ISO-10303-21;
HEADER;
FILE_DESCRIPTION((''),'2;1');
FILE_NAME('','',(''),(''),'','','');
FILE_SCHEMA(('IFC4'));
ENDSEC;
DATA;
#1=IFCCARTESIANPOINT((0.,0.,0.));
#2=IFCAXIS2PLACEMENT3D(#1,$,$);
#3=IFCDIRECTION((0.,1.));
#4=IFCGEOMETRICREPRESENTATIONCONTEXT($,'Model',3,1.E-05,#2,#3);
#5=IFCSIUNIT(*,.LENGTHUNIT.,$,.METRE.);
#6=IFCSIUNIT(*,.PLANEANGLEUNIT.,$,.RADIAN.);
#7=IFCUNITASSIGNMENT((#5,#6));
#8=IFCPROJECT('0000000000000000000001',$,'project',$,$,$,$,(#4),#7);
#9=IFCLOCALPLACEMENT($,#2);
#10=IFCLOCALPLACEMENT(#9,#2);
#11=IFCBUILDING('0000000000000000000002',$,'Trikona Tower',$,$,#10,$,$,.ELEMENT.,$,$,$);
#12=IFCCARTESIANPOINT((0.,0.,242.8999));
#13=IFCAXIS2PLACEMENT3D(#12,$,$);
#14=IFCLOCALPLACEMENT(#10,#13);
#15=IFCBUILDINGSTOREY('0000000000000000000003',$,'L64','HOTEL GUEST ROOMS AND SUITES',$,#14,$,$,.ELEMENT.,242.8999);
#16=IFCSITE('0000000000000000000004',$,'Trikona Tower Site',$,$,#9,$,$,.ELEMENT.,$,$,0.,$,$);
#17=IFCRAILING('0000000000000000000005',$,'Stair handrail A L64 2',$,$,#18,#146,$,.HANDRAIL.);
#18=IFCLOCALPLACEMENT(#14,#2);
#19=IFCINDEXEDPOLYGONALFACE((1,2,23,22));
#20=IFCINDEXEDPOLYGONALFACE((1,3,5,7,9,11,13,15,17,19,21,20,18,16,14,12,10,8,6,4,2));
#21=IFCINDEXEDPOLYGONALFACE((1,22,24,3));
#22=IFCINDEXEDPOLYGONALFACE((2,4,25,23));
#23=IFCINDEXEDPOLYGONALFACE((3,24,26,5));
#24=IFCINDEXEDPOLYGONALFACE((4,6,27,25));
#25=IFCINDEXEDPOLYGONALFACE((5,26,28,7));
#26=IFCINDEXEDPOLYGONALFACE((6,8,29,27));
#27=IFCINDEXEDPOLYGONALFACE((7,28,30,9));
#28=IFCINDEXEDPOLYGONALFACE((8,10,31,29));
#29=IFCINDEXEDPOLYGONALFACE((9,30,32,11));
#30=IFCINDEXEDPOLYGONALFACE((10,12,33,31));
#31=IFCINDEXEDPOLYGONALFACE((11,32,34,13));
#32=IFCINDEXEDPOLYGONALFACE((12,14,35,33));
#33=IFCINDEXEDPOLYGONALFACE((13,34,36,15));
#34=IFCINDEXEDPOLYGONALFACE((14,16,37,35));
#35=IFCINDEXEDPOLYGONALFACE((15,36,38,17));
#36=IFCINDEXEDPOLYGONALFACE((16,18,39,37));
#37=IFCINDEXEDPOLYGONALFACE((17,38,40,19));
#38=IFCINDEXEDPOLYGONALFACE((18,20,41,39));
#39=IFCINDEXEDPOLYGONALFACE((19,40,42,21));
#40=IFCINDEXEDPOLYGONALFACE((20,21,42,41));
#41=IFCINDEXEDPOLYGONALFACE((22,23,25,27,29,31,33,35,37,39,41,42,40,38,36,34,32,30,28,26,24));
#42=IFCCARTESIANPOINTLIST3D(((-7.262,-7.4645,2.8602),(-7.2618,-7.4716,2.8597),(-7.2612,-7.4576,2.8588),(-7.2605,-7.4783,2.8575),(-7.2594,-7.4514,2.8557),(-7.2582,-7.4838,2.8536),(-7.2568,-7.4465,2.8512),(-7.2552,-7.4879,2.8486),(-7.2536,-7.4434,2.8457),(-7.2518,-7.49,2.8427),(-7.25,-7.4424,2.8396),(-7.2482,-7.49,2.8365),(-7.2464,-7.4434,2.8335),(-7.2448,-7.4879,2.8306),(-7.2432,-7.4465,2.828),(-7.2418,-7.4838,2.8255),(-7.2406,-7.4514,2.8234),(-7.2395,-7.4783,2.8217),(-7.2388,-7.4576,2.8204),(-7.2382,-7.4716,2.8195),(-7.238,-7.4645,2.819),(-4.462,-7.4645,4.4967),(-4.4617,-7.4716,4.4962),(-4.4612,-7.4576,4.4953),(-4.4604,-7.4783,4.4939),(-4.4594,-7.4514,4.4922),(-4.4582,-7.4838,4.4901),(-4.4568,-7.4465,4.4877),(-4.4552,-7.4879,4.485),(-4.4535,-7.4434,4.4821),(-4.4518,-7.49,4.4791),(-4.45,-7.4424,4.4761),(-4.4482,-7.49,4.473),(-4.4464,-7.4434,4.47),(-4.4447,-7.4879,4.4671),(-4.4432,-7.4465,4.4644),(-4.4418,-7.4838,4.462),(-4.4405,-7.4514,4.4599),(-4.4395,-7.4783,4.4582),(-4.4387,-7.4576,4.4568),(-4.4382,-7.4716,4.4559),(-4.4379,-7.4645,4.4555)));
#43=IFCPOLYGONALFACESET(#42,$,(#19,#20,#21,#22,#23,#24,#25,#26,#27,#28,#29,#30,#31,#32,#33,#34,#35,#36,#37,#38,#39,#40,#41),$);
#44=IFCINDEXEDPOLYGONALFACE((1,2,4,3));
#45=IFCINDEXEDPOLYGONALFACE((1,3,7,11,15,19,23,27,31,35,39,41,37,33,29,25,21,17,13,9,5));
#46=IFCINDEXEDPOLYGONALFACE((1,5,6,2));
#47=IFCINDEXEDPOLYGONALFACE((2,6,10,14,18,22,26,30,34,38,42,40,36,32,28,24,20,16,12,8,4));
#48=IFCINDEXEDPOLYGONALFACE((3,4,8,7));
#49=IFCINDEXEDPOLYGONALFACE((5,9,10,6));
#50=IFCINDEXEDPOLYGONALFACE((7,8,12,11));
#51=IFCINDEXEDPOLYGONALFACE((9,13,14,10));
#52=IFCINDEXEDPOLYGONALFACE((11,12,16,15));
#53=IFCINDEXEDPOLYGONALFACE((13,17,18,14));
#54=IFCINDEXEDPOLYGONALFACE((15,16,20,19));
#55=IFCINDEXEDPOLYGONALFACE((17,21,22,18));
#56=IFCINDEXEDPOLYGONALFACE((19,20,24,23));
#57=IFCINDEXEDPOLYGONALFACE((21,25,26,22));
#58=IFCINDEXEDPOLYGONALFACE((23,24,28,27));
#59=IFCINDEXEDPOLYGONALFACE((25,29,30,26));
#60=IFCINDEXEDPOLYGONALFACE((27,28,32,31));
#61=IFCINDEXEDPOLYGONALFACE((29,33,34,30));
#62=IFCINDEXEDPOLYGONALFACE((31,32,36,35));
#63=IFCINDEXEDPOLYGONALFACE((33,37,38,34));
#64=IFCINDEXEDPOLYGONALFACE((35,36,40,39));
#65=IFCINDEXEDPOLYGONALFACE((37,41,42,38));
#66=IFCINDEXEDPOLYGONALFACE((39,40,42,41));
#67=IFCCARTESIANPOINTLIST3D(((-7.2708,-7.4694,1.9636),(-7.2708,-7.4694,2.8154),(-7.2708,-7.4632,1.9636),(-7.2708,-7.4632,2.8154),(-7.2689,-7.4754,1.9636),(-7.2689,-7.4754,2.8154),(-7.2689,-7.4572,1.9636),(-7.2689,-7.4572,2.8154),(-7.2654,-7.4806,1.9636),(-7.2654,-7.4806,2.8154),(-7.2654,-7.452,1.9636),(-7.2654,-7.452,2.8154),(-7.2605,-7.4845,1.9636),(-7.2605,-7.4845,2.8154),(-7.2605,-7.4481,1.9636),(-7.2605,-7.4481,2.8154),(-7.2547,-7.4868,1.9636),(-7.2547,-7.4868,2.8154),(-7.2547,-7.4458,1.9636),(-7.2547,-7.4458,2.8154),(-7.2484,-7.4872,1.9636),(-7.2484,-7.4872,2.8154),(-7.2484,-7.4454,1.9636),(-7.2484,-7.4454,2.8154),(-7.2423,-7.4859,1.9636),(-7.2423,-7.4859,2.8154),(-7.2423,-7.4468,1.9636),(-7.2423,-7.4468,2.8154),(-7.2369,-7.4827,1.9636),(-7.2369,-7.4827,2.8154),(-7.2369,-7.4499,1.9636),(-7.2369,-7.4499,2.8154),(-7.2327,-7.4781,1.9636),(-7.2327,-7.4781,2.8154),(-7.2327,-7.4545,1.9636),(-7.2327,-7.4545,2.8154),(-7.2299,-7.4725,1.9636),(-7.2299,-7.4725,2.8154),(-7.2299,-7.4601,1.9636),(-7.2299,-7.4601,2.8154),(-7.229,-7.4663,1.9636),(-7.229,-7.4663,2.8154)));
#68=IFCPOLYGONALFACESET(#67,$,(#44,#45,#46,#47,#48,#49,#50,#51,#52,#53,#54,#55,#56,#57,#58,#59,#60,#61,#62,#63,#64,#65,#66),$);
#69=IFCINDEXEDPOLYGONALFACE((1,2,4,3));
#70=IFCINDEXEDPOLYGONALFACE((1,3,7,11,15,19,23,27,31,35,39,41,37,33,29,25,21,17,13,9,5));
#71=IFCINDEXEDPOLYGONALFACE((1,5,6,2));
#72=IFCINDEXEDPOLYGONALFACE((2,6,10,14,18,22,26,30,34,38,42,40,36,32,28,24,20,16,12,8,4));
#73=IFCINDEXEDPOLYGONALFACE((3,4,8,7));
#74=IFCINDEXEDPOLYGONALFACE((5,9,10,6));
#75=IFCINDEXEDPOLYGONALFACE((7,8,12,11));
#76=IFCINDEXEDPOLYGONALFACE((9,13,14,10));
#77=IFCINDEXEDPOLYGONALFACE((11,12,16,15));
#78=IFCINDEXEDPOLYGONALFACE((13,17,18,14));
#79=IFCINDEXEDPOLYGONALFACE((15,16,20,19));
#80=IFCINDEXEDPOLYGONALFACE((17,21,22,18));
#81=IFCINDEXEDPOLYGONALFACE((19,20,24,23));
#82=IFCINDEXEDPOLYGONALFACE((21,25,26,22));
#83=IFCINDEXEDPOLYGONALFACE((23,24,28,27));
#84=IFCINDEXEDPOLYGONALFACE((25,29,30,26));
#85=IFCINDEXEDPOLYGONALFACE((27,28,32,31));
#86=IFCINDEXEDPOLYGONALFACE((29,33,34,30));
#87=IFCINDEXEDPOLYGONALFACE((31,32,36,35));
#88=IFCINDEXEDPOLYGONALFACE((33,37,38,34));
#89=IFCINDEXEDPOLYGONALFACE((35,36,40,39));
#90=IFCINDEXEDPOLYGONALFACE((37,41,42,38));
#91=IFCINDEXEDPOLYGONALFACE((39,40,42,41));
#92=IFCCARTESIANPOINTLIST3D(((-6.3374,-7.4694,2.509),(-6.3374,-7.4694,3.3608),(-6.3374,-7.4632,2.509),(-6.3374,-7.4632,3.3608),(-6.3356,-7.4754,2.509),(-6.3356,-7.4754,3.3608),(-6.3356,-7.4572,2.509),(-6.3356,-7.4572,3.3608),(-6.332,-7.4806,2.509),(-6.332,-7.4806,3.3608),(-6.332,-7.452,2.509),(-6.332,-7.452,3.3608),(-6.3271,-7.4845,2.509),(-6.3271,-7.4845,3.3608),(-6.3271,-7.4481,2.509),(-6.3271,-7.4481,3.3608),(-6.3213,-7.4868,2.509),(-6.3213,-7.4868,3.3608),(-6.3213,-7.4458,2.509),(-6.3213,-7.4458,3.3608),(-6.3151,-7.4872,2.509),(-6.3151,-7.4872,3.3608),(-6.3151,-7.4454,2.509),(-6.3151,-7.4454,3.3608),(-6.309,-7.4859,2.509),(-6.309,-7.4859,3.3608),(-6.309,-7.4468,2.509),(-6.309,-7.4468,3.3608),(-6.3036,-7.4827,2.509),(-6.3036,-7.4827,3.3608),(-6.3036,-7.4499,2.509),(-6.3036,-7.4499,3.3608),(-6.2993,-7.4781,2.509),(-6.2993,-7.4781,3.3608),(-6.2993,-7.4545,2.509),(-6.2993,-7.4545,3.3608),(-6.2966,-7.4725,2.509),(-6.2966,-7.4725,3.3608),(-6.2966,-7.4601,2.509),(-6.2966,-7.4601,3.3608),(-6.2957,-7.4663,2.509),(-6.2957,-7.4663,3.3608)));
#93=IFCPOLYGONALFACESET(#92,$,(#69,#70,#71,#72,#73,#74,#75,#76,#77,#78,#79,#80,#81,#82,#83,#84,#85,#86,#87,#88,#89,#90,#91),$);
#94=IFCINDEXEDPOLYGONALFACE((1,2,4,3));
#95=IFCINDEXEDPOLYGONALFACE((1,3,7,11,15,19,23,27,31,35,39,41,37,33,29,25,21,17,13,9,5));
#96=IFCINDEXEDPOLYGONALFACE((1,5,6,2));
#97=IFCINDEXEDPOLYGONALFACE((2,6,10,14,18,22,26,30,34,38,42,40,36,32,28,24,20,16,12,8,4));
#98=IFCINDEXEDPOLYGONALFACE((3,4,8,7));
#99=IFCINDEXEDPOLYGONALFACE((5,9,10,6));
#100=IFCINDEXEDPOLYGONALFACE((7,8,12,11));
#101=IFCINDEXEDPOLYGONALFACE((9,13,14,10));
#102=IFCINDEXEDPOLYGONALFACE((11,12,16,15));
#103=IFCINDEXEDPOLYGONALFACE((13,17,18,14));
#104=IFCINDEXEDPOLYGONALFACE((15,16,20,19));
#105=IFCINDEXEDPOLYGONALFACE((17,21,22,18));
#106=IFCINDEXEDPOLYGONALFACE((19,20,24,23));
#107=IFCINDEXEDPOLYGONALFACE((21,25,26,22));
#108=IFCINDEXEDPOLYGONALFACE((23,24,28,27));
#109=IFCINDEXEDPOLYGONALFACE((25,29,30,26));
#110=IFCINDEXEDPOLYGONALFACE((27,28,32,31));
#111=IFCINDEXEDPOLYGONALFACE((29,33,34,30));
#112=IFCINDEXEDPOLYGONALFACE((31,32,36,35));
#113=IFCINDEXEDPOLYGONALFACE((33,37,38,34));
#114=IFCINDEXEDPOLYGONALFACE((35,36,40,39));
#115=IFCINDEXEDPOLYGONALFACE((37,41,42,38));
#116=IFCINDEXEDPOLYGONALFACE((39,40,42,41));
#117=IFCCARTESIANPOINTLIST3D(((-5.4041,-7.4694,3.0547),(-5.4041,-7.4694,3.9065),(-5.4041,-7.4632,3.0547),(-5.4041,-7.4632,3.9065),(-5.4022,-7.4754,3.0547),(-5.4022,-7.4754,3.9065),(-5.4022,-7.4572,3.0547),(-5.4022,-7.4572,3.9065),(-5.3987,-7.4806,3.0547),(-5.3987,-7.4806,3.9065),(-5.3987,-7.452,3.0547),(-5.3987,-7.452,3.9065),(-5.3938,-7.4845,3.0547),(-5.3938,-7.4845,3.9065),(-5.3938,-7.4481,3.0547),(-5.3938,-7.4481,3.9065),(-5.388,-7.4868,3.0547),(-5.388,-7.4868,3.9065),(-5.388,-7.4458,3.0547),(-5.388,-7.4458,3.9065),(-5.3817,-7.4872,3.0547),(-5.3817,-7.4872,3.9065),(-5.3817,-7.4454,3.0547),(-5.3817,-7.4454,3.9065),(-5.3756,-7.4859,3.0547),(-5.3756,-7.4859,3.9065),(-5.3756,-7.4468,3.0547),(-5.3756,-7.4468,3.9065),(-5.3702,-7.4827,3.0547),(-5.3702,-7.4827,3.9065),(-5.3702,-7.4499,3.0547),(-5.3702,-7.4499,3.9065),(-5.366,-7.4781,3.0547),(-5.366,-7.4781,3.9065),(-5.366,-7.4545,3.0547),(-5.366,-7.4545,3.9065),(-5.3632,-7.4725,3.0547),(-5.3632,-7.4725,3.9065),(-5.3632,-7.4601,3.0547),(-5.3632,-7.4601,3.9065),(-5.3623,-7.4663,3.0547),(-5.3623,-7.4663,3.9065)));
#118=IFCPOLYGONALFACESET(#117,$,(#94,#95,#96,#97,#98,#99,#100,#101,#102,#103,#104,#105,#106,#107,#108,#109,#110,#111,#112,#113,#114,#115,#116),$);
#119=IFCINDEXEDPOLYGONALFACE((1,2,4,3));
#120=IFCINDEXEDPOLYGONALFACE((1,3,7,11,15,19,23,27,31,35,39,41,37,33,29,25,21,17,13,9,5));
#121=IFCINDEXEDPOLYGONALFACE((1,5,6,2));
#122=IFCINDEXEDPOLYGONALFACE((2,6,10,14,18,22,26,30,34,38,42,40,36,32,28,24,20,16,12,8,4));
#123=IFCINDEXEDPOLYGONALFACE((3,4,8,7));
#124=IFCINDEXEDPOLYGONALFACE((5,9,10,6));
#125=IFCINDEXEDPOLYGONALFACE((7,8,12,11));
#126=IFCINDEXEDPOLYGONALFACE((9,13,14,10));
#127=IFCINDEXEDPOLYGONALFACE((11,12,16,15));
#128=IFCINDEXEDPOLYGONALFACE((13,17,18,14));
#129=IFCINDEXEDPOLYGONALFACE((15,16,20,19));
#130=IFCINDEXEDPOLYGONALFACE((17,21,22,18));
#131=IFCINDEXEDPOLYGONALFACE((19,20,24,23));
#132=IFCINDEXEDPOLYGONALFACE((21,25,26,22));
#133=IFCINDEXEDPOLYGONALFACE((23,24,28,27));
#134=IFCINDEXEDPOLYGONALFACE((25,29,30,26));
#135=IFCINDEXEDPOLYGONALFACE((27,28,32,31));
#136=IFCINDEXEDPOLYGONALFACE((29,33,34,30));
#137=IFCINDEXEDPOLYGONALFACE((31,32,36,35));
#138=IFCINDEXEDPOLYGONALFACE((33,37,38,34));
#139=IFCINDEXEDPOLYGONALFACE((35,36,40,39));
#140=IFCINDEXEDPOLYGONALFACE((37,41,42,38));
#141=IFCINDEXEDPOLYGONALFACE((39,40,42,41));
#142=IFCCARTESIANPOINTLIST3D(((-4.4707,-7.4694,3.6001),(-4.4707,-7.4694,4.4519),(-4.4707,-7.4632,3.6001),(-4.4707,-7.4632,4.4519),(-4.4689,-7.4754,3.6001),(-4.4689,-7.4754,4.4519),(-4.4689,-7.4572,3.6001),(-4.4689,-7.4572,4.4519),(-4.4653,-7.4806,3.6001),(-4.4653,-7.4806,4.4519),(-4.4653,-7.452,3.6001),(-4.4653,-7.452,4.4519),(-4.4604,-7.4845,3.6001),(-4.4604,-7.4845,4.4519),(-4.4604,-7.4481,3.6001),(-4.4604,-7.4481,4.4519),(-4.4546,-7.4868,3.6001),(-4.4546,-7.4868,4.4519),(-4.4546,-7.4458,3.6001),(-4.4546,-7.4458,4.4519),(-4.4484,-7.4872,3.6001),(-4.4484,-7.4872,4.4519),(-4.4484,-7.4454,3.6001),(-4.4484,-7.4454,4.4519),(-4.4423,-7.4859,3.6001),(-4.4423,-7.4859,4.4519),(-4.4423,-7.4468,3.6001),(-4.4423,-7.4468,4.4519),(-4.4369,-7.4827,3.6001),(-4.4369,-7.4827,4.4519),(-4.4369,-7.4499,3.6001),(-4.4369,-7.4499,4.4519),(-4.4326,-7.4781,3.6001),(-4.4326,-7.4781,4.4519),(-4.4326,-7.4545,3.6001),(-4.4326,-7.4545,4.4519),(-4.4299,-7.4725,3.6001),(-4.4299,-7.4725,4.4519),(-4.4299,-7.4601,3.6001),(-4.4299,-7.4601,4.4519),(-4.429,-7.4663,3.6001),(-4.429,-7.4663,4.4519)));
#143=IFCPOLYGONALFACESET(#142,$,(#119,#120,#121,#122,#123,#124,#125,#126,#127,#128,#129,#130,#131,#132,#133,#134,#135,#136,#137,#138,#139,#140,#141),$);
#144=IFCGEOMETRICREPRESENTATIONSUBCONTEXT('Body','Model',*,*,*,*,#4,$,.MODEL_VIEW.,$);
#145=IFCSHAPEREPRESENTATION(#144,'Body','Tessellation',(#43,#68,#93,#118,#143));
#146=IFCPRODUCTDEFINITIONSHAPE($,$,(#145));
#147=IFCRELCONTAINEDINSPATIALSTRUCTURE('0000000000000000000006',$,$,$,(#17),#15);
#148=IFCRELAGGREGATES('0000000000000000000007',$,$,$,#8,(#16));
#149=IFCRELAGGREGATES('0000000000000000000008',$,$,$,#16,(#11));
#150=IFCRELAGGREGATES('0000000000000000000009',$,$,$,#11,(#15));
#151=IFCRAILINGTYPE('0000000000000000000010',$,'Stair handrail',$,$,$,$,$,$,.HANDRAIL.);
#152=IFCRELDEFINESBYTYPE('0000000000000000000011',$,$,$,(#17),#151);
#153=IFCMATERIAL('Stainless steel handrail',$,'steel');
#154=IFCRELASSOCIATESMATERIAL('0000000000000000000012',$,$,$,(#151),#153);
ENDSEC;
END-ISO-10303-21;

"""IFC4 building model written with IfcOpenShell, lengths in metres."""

from ifc_helpers import new_model, si_unit, direction, frame, origin, origin_2d, place, context, subcontext, project, spatial, circle, extrude, material, type_object, element, save


model = new_model("IFC4")

# Units and contexts
model_context = context("Model", 3, precision=1e-05, world=origin(), true_north=direction((0.0, 1.0)))
body_context = subcontext(model_context, "Body", "Model", "MODEL_VIEW")
ifc_project = project(units=[si_unit("LENGTHUNIT", "METRE"), si_unit("PLANEANGLEUNIT", "RADIAN")], contexts=[model_context])

# Site, building, storey
site_placement = place(None, origin())
site = spatial("IfcSite", under=ifc_project, at=site_placement, Name="Trikona Tower Site", CompositionType="ELEMENT", RefElevation=0.0)
building_placement = place(site_placement, origin())
building = spatial("IfcBuilding", under=site, at=building_placement, Name="Trikona Tower", CompositionType="ELEMENT")
storey_placement = place(building_placement, frame((0.0, 0.0, 242.8999)))
storey = spatial("IfcBuildingStorey", under=building, at=storey_placement, Name="L64", Description="HOTEL GUEST ROOMS AND SUITES", CompositionType="ELEMENT", Elevation=242.8999)

# Railing
ifc_material_1 = material(Name="Stainless steel handrail", Category="steel")
railing_type = type_object("IfcRailingType", Name="Stair handrail", PredefinedType="HANDRAIL", material=ifc_material_1)
railing_1_placement = place(storey_placement, frame((-7.25, -7.4663, 1.9636)))
element("IfcRailing", 1, at=railing_1_placement, inside=storey, type_object=railing_type, Name="Stair handrail A L64 2", PredefinedType="HANDRAIL", context=body_context, shape_type="SweptSolid", body=[
    extrude(circle(Radius=0.0239, at=origin_2d()), frame((0.0, 0.0, 0.876), z_axis=(0.863361, 0.0, 0.504587), x_axis=(0.0, 1.0, 0.0)), (0.0, 0.0, 1.0), 3.2432),
    extrude(circle(Radius=0.021, at=origin_2d()), origin(), (0.0, 0.0, 1.0), 0.8518),
    extrude(circle(Radius=0.021, at=origin_2d()), frame((0.9333, 0.0, 0.5454)), (0.0, 0.0, 1.0), 0.8518),
    extrude(circle(Radius=0.021, at=origin_2d()), frame((1.8667, 0.0, 1.0911)), (0.0, 0.0, 1.0), 0.8518),
    extrude(circle(Radius=0.021, at=origin_2d()), frame((2.8, 0.0, 1.6365)), (0.0, 0.0, 1.0), 0.8518),
])

save(model, "model.ifc")
